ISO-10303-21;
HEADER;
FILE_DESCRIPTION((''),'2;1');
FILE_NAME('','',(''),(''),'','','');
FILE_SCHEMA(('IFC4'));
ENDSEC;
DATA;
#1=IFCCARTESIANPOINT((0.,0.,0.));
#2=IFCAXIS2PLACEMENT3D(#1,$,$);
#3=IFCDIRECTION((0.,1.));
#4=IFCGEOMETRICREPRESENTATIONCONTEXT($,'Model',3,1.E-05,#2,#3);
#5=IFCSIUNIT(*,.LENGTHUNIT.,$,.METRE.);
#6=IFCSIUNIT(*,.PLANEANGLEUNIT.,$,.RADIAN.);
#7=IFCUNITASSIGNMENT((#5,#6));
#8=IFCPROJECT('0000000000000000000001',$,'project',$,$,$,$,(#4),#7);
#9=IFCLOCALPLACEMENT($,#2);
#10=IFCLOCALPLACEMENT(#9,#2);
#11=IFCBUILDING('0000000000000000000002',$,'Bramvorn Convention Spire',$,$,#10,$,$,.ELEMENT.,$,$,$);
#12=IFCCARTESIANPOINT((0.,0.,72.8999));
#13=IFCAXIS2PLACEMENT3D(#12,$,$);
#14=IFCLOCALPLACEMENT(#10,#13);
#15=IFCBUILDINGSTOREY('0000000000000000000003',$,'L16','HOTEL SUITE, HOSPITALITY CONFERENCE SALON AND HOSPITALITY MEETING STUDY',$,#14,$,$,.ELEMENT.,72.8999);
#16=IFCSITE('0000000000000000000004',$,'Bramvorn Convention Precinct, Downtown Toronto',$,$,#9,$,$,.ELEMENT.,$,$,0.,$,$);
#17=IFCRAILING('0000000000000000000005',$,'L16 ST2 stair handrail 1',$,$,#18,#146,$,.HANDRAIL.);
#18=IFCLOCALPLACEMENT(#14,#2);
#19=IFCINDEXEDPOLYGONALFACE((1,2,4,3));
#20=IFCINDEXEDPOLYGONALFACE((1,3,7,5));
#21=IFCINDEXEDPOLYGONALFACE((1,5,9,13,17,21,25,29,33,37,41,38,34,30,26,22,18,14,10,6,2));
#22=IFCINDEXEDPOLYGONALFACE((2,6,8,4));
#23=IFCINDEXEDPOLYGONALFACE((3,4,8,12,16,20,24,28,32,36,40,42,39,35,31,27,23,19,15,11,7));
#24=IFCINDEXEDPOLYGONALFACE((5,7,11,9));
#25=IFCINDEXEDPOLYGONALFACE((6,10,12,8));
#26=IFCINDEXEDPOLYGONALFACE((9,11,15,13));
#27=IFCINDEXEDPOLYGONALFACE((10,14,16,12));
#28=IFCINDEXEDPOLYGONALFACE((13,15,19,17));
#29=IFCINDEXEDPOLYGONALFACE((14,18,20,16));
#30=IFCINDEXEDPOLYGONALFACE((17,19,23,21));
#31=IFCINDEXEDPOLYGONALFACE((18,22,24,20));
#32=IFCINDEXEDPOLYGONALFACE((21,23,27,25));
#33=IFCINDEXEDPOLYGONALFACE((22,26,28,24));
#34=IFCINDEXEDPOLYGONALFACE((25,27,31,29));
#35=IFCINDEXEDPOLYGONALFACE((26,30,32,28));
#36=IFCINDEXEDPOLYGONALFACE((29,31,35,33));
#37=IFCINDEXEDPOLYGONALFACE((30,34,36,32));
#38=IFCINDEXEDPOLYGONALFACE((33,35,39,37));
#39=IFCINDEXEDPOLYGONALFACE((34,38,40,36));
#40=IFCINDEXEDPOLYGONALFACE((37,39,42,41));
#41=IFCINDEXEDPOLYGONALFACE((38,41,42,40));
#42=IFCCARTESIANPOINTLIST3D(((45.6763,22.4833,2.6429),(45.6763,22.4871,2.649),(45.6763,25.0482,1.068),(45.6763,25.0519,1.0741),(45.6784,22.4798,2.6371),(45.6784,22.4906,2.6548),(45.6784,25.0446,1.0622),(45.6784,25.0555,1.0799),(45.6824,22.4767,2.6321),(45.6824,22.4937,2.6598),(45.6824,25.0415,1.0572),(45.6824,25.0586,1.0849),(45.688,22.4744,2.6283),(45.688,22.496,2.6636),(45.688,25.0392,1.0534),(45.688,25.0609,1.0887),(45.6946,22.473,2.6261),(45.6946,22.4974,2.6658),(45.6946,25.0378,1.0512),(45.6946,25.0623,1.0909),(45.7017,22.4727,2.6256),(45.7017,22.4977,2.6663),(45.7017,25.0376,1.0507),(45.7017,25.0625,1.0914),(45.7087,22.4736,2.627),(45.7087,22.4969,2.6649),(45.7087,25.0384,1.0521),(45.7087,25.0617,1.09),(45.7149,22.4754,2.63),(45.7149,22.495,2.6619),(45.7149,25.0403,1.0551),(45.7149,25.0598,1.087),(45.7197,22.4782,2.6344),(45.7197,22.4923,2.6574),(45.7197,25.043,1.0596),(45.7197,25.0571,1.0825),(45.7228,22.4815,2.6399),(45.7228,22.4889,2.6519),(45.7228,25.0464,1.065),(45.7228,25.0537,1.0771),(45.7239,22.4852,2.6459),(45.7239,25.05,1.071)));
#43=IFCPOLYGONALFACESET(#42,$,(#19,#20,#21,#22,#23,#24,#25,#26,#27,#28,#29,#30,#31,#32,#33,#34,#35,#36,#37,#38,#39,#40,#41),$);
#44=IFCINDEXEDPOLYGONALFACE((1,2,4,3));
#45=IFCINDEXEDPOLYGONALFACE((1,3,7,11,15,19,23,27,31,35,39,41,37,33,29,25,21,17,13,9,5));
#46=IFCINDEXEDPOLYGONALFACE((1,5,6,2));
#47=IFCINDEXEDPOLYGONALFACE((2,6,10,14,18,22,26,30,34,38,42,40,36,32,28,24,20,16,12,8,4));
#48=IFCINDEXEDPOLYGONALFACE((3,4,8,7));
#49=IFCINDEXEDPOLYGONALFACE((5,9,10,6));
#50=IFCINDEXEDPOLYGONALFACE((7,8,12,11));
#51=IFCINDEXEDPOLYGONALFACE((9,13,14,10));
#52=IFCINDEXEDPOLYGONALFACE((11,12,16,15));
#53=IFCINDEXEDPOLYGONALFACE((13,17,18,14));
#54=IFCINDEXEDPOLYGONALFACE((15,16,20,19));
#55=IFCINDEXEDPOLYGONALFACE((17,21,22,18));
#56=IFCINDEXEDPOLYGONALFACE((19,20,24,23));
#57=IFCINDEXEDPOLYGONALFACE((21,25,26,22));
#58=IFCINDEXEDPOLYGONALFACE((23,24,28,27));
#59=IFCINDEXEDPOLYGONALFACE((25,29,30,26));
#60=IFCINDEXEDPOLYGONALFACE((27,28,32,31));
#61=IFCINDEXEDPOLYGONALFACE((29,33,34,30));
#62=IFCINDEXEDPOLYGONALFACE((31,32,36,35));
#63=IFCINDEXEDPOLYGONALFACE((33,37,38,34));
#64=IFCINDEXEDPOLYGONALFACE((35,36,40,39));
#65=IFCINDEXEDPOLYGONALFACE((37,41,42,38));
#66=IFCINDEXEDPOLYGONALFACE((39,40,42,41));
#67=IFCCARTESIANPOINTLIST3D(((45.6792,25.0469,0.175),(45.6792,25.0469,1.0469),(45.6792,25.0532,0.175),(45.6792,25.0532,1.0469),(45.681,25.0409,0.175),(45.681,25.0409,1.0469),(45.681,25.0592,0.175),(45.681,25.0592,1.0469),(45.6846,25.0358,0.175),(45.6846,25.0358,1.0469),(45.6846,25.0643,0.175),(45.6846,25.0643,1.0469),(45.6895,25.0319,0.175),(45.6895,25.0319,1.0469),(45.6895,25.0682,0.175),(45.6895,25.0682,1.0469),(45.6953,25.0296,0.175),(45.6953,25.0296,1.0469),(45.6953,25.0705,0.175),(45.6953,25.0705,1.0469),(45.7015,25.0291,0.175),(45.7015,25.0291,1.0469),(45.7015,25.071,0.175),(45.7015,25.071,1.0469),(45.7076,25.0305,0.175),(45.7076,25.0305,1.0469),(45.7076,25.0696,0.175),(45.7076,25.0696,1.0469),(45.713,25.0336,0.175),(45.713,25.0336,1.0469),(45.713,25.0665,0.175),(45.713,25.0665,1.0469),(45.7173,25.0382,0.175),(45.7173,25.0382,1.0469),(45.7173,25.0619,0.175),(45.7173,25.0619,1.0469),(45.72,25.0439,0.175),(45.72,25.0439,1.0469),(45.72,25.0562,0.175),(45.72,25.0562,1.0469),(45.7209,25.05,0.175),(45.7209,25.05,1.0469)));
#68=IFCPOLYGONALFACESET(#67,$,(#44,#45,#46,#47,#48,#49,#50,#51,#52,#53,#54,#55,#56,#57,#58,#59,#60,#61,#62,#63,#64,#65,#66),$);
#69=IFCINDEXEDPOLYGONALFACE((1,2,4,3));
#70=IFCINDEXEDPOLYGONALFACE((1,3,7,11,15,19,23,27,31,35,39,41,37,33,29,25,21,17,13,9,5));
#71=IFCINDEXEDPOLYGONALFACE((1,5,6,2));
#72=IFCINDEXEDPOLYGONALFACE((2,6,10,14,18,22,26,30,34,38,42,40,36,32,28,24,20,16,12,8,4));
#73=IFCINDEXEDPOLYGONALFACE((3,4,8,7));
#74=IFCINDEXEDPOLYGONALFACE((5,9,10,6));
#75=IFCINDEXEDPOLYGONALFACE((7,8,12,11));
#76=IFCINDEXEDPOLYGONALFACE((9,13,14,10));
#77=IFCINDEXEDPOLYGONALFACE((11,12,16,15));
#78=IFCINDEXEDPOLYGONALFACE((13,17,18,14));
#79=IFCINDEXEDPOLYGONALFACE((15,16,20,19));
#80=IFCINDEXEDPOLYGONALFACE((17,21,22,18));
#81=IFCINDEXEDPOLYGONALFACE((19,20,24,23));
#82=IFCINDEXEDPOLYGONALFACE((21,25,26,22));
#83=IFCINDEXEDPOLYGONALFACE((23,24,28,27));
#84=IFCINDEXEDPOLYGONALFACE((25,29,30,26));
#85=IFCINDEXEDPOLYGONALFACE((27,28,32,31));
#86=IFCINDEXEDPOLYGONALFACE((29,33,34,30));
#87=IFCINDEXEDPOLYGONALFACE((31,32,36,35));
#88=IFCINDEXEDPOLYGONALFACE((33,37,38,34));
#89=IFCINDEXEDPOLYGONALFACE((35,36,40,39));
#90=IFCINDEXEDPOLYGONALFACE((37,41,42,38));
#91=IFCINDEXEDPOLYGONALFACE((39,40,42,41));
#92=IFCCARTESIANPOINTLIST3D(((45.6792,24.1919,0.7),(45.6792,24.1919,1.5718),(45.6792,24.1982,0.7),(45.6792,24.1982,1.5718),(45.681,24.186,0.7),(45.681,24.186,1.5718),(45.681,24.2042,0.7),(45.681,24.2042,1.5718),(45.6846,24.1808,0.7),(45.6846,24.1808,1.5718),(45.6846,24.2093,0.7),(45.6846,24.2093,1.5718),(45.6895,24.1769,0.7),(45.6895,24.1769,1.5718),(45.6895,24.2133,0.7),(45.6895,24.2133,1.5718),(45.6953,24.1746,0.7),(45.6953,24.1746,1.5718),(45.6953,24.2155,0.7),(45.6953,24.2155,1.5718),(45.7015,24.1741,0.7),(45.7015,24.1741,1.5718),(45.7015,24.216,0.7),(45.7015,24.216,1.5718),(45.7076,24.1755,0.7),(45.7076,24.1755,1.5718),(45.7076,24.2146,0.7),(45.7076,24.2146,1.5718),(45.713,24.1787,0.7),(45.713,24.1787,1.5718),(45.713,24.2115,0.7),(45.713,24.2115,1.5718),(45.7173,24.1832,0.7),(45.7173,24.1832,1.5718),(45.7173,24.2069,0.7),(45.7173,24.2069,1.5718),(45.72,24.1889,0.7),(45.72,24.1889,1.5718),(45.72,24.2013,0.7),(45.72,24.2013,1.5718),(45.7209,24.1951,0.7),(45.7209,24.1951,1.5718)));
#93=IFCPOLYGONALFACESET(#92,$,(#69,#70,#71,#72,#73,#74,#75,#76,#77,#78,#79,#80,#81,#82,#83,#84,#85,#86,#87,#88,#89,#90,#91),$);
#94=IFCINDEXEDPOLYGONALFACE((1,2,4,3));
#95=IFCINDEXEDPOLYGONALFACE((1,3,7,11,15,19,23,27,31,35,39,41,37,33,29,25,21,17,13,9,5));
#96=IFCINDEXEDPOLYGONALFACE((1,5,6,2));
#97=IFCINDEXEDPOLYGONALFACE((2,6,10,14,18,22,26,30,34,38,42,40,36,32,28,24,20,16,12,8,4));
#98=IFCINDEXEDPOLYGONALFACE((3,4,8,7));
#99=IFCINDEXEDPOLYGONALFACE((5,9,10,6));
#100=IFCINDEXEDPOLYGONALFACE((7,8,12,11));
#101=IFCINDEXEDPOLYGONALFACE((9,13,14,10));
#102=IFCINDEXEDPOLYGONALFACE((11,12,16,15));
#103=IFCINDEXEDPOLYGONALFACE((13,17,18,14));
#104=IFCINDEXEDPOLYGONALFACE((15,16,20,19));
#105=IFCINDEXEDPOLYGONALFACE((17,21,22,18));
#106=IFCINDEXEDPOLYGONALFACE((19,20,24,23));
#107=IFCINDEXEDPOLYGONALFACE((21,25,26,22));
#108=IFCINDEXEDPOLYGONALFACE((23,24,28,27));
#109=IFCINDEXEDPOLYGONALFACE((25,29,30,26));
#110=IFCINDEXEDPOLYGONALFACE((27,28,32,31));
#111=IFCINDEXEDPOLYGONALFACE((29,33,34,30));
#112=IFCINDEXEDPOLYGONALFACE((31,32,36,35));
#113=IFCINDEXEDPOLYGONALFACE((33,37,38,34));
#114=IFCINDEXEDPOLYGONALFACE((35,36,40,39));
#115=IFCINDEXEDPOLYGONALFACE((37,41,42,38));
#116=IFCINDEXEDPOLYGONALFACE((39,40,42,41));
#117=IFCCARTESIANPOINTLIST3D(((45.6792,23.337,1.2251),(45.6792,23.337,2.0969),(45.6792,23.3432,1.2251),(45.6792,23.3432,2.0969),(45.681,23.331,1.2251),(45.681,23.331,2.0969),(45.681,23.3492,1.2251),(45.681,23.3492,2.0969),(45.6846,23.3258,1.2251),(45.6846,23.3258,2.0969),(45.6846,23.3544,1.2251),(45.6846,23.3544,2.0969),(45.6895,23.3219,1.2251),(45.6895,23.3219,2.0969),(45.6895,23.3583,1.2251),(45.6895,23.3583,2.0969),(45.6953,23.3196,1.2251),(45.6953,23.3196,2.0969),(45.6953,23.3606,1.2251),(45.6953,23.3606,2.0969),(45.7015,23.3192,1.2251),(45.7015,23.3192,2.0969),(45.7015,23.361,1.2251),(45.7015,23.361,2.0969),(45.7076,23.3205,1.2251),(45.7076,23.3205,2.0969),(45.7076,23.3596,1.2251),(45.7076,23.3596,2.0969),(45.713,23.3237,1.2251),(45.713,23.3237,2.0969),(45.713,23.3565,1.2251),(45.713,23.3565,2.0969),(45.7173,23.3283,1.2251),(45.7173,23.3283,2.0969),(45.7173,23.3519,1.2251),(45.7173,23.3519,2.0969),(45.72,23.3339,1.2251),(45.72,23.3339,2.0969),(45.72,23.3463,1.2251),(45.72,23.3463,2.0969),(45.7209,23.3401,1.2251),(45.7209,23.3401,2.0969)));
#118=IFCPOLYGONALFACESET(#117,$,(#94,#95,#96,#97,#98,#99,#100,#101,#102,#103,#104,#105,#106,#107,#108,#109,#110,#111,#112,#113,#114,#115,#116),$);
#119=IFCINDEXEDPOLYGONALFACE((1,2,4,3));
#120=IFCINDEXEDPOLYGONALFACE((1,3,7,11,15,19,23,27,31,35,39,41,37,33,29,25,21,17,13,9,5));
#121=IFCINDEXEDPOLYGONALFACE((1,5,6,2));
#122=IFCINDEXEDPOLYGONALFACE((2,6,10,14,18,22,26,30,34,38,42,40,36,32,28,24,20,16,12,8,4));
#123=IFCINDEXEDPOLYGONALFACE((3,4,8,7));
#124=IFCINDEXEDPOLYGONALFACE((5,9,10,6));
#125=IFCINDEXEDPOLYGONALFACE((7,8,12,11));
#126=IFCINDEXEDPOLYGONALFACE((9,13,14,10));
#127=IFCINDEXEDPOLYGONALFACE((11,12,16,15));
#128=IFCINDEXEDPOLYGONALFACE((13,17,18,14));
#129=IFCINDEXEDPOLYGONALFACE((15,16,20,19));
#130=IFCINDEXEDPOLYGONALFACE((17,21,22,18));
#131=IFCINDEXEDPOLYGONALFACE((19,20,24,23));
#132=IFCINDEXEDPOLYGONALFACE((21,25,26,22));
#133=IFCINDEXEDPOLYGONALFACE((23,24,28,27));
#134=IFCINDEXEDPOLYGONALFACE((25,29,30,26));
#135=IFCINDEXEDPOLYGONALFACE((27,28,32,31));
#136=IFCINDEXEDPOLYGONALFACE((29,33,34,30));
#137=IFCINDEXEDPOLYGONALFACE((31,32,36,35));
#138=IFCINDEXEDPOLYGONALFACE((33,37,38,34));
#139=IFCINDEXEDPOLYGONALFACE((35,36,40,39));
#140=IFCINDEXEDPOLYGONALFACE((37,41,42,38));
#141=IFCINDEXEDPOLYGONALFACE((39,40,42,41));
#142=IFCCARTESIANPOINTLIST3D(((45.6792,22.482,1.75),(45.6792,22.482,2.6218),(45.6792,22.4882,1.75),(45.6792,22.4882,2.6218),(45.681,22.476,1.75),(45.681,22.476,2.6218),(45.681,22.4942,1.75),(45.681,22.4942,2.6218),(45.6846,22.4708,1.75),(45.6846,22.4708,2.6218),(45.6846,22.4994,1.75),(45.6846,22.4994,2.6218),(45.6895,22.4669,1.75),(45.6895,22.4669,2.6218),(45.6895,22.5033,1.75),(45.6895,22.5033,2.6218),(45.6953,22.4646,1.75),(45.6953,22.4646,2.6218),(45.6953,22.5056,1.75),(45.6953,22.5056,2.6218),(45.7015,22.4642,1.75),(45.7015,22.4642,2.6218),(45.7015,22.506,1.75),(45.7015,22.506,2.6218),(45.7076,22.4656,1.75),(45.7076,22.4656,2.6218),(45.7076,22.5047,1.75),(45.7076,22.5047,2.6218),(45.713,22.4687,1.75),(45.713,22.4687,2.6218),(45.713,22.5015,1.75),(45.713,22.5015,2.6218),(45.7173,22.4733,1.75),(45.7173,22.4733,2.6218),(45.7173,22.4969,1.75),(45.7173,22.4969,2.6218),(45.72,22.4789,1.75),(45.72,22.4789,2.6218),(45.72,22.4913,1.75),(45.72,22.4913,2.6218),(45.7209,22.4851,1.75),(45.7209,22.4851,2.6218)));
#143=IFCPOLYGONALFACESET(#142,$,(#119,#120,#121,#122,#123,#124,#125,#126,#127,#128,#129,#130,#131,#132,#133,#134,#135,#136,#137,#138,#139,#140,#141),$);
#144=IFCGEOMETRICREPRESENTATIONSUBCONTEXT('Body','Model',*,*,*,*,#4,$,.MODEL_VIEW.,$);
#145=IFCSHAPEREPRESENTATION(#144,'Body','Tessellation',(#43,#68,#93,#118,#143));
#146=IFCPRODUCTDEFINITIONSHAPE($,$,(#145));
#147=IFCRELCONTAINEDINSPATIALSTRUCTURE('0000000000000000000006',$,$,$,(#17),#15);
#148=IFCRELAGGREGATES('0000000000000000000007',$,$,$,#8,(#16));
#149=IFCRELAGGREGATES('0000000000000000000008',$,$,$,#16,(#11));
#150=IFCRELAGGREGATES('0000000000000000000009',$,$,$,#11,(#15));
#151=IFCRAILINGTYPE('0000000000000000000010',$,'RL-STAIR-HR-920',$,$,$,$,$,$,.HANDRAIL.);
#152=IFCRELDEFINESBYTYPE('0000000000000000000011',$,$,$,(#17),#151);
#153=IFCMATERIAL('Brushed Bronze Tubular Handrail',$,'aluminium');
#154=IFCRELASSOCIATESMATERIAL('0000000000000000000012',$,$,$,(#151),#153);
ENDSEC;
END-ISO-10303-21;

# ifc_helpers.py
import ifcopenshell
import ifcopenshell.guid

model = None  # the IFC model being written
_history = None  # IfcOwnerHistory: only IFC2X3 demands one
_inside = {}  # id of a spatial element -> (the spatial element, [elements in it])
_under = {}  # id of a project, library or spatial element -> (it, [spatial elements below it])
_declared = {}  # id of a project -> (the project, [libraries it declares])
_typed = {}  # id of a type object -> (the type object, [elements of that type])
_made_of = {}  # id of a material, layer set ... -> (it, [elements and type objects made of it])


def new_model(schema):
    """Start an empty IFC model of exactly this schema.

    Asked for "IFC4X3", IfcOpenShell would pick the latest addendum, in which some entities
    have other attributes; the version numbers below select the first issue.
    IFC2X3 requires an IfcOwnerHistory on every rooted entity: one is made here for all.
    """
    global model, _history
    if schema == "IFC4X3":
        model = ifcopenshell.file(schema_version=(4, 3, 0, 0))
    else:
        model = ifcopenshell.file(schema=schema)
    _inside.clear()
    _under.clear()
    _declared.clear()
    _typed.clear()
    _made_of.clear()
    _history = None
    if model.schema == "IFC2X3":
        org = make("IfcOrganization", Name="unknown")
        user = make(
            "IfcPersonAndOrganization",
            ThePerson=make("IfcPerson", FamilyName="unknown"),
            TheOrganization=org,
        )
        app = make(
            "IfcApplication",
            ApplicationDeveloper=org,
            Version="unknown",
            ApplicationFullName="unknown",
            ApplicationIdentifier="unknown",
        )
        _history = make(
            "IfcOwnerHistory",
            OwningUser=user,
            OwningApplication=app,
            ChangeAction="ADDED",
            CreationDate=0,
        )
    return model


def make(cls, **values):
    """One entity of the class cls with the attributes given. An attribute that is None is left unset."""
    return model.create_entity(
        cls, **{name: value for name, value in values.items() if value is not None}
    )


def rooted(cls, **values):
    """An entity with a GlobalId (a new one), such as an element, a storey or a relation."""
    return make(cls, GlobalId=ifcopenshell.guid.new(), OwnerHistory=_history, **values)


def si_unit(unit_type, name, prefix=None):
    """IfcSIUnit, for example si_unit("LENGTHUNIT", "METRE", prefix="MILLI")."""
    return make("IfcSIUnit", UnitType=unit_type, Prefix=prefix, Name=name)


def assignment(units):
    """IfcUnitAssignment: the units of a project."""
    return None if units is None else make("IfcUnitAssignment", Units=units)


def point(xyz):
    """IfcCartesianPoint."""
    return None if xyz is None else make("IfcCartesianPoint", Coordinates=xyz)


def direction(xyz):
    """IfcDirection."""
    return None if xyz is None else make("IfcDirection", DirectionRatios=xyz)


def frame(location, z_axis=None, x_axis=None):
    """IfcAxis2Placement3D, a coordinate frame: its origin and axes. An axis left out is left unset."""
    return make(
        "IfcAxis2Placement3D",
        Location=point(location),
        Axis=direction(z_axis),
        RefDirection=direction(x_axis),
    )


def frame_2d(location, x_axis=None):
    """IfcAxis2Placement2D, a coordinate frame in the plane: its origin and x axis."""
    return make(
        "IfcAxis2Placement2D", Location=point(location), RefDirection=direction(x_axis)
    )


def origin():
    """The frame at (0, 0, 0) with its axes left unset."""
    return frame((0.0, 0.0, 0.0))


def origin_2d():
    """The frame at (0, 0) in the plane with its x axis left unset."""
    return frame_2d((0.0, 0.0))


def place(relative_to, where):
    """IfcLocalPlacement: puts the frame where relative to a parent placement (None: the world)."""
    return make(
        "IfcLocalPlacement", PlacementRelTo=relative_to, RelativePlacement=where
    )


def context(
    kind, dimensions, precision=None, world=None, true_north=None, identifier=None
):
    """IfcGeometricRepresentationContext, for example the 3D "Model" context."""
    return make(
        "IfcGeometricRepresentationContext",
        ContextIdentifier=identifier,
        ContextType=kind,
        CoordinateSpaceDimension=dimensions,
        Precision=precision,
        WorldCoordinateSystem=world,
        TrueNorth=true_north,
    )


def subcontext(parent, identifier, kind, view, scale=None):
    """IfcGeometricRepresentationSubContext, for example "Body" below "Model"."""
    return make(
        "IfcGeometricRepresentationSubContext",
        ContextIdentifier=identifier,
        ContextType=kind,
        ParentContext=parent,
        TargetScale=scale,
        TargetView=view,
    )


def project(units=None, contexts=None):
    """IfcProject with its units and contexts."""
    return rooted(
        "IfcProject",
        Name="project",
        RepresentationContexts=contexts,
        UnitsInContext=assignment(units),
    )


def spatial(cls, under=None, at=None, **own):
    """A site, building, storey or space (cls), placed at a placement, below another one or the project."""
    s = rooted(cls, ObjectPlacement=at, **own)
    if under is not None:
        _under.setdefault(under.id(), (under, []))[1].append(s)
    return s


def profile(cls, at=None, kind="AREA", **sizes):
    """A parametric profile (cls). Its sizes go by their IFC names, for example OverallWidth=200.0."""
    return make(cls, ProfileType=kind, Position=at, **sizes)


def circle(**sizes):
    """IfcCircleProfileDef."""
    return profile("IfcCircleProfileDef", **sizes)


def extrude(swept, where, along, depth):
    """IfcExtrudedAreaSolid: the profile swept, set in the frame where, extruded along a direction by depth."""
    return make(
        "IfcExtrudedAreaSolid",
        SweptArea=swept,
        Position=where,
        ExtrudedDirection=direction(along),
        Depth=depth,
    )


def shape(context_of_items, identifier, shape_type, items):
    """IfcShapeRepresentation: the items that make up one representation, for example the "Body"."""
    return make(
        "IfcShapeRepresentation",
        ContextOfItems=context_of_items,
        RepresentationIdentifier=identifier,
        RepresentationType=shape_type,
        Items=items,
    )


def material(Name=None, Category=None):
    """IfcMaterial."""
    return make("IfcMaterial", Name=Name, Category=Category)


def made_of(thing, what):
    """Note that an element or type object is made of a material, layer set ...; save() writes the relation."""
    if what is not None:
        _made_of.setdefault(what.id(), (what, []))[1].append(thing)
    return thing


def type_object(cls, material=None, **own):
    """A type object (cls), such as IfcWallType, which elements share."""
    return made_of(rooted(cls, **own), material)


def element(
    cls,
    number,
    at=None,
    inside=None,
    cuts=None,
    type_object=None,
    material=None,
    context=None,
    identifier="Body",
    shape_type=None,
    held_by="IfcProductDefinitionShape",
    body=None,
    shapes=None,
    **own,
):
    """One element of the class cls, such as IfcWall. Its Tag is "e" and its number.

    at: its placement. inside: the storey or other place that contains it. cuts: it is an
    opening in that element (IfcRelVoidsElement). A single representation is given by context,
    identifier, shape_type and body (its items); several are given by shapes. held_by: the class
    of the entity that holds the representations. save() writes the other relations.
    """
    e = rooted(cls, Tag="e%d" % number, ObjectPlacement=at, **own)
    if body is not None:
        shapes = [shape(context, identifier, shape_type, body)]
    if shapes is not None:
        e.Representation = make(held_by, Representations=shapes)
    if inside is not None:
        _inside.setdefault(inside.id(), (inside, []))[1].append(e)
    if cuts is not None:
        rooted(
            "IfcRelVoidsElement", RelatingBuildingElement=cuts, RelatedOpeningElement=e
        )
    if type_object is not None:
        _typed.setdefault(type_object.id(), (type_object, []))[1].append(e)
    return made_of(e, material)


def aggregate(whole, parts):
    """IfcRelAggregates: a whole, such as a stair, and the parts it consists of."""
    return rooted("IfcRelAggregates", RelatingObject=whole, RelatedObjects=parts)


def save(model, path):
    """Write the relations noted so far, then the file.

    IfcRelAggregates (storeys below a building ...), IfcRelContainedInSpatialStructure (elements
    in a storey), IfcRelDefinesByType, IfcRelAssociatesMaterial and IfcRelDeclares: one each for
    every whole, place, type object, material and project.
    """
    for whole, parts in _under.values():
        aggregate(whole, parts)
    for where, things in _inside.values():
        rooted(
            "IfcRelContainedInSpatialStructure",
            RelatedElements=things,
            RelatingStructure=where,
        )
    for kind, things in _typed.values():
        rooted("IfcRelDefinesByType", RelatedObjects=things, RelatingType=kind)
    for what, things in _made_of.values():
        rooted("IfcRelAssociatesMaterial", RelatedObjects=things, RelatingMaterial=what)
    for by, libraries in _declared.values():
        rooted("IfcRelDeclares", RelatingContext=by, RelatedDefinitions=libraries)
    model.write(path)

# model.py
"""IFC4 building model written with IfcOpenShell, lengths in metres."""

from ifc_helpers import new_model, si_unit, direction, frame, origin, origin_2d, place, context, subcontext, project, spatial, circle, extrude, material, type_object, element, save


model = new_model("IFC4")

# Units and contexts
model_context = context("Model", 3, precision=1e-05, world=origin(), true_north=direction((0.0, 1.0)))
body_context = subcontext(model_context, "Body", "Model", "MODEL_VIEW")
ifc_project = project(units=[si_unit("LENGTHUNIT", "METRE"), si_unit("PLANEANGLEUNIT", "RADIAN")], contexts=[model_context])

# Site, building, storey
site_placement = place(None, origin())
site = spatial("IfcSite", under=ifc_project, at=site_placement, Name="Bramvorn Convention Precinct, Downtown Toronto", CompositionType="ELEMENT", RefElevation=0.0)
building_placement = place(site_placement, origin())
building = spatial("IfcBuilding", under=site, at=building_placement, Name="Bramvorn Convention Spire", CompositionType="ELEMENT")
storey_placement = place(building_placement, frame((0.0, 0.0, 72.8999)))
storey = spatial("IfcBuildingStorey", under=building, at=storey_placement, Name="L16", Description="HOTEL SUITE, HOSPITALITY CONFERENCE SALON AND HOSPITALITY MEETING STUDY", CompositionType="ELEMENT", Elevation=72.8999)

# Railing
ifc_material_1 = material(Name="Brushed Bronze Tubular Handrail", Category="aluminium")
railing_type_1 = type_object("IfcRailingType", Name="RL-STAIR-HR-920", PredefinedType="HANDRAIL", material=ifc_material_1)
railing_1_placement = place(storey_placement, frame((45.7, 25.05, 0.175)))
element("IfcRailing", 1, at=railing_1_placement, inside=storey, type_object=railing_type_1, Name="L16 ST2 stair handrail 1", PredefinedType="HANDRAIL", context=body_context, shape_type="SweptSolid", body=[
    extrude(circle(Radius=0.0239, at=origin_2d()), frame((0.0, 0.0, 0.896), z_axis=(0.0, -0.852173, 0.52326), x_axis=(1.0, 0.0, 0.0)), (0.0, 0.0, 1.0), 3.0098),
    extrude(circle(Radius=0.021, at=origin_2d()), origin(), (0.0, 0.0, 1.0), 0.8718),
    extrude(circle(Radius=0.021, at=origin_2d()), frame((0.0, -0.855, 0.5249)), (0.0, 0.0, 1.0), 0.8718),
    extrude(circle(Radius=0.021, at=origin_2d()), frame((0.0, -1.71, 1.05)), (0.0, 0.0, 1.0), 0.8718),
    extrude(circle(Radius=0.021, at=origin_2d()), frame((0.0, -2.5649, 1.575)), (0.0, 0.0, 1.0), 0.8718),
])

save(model, "model.ifc")
